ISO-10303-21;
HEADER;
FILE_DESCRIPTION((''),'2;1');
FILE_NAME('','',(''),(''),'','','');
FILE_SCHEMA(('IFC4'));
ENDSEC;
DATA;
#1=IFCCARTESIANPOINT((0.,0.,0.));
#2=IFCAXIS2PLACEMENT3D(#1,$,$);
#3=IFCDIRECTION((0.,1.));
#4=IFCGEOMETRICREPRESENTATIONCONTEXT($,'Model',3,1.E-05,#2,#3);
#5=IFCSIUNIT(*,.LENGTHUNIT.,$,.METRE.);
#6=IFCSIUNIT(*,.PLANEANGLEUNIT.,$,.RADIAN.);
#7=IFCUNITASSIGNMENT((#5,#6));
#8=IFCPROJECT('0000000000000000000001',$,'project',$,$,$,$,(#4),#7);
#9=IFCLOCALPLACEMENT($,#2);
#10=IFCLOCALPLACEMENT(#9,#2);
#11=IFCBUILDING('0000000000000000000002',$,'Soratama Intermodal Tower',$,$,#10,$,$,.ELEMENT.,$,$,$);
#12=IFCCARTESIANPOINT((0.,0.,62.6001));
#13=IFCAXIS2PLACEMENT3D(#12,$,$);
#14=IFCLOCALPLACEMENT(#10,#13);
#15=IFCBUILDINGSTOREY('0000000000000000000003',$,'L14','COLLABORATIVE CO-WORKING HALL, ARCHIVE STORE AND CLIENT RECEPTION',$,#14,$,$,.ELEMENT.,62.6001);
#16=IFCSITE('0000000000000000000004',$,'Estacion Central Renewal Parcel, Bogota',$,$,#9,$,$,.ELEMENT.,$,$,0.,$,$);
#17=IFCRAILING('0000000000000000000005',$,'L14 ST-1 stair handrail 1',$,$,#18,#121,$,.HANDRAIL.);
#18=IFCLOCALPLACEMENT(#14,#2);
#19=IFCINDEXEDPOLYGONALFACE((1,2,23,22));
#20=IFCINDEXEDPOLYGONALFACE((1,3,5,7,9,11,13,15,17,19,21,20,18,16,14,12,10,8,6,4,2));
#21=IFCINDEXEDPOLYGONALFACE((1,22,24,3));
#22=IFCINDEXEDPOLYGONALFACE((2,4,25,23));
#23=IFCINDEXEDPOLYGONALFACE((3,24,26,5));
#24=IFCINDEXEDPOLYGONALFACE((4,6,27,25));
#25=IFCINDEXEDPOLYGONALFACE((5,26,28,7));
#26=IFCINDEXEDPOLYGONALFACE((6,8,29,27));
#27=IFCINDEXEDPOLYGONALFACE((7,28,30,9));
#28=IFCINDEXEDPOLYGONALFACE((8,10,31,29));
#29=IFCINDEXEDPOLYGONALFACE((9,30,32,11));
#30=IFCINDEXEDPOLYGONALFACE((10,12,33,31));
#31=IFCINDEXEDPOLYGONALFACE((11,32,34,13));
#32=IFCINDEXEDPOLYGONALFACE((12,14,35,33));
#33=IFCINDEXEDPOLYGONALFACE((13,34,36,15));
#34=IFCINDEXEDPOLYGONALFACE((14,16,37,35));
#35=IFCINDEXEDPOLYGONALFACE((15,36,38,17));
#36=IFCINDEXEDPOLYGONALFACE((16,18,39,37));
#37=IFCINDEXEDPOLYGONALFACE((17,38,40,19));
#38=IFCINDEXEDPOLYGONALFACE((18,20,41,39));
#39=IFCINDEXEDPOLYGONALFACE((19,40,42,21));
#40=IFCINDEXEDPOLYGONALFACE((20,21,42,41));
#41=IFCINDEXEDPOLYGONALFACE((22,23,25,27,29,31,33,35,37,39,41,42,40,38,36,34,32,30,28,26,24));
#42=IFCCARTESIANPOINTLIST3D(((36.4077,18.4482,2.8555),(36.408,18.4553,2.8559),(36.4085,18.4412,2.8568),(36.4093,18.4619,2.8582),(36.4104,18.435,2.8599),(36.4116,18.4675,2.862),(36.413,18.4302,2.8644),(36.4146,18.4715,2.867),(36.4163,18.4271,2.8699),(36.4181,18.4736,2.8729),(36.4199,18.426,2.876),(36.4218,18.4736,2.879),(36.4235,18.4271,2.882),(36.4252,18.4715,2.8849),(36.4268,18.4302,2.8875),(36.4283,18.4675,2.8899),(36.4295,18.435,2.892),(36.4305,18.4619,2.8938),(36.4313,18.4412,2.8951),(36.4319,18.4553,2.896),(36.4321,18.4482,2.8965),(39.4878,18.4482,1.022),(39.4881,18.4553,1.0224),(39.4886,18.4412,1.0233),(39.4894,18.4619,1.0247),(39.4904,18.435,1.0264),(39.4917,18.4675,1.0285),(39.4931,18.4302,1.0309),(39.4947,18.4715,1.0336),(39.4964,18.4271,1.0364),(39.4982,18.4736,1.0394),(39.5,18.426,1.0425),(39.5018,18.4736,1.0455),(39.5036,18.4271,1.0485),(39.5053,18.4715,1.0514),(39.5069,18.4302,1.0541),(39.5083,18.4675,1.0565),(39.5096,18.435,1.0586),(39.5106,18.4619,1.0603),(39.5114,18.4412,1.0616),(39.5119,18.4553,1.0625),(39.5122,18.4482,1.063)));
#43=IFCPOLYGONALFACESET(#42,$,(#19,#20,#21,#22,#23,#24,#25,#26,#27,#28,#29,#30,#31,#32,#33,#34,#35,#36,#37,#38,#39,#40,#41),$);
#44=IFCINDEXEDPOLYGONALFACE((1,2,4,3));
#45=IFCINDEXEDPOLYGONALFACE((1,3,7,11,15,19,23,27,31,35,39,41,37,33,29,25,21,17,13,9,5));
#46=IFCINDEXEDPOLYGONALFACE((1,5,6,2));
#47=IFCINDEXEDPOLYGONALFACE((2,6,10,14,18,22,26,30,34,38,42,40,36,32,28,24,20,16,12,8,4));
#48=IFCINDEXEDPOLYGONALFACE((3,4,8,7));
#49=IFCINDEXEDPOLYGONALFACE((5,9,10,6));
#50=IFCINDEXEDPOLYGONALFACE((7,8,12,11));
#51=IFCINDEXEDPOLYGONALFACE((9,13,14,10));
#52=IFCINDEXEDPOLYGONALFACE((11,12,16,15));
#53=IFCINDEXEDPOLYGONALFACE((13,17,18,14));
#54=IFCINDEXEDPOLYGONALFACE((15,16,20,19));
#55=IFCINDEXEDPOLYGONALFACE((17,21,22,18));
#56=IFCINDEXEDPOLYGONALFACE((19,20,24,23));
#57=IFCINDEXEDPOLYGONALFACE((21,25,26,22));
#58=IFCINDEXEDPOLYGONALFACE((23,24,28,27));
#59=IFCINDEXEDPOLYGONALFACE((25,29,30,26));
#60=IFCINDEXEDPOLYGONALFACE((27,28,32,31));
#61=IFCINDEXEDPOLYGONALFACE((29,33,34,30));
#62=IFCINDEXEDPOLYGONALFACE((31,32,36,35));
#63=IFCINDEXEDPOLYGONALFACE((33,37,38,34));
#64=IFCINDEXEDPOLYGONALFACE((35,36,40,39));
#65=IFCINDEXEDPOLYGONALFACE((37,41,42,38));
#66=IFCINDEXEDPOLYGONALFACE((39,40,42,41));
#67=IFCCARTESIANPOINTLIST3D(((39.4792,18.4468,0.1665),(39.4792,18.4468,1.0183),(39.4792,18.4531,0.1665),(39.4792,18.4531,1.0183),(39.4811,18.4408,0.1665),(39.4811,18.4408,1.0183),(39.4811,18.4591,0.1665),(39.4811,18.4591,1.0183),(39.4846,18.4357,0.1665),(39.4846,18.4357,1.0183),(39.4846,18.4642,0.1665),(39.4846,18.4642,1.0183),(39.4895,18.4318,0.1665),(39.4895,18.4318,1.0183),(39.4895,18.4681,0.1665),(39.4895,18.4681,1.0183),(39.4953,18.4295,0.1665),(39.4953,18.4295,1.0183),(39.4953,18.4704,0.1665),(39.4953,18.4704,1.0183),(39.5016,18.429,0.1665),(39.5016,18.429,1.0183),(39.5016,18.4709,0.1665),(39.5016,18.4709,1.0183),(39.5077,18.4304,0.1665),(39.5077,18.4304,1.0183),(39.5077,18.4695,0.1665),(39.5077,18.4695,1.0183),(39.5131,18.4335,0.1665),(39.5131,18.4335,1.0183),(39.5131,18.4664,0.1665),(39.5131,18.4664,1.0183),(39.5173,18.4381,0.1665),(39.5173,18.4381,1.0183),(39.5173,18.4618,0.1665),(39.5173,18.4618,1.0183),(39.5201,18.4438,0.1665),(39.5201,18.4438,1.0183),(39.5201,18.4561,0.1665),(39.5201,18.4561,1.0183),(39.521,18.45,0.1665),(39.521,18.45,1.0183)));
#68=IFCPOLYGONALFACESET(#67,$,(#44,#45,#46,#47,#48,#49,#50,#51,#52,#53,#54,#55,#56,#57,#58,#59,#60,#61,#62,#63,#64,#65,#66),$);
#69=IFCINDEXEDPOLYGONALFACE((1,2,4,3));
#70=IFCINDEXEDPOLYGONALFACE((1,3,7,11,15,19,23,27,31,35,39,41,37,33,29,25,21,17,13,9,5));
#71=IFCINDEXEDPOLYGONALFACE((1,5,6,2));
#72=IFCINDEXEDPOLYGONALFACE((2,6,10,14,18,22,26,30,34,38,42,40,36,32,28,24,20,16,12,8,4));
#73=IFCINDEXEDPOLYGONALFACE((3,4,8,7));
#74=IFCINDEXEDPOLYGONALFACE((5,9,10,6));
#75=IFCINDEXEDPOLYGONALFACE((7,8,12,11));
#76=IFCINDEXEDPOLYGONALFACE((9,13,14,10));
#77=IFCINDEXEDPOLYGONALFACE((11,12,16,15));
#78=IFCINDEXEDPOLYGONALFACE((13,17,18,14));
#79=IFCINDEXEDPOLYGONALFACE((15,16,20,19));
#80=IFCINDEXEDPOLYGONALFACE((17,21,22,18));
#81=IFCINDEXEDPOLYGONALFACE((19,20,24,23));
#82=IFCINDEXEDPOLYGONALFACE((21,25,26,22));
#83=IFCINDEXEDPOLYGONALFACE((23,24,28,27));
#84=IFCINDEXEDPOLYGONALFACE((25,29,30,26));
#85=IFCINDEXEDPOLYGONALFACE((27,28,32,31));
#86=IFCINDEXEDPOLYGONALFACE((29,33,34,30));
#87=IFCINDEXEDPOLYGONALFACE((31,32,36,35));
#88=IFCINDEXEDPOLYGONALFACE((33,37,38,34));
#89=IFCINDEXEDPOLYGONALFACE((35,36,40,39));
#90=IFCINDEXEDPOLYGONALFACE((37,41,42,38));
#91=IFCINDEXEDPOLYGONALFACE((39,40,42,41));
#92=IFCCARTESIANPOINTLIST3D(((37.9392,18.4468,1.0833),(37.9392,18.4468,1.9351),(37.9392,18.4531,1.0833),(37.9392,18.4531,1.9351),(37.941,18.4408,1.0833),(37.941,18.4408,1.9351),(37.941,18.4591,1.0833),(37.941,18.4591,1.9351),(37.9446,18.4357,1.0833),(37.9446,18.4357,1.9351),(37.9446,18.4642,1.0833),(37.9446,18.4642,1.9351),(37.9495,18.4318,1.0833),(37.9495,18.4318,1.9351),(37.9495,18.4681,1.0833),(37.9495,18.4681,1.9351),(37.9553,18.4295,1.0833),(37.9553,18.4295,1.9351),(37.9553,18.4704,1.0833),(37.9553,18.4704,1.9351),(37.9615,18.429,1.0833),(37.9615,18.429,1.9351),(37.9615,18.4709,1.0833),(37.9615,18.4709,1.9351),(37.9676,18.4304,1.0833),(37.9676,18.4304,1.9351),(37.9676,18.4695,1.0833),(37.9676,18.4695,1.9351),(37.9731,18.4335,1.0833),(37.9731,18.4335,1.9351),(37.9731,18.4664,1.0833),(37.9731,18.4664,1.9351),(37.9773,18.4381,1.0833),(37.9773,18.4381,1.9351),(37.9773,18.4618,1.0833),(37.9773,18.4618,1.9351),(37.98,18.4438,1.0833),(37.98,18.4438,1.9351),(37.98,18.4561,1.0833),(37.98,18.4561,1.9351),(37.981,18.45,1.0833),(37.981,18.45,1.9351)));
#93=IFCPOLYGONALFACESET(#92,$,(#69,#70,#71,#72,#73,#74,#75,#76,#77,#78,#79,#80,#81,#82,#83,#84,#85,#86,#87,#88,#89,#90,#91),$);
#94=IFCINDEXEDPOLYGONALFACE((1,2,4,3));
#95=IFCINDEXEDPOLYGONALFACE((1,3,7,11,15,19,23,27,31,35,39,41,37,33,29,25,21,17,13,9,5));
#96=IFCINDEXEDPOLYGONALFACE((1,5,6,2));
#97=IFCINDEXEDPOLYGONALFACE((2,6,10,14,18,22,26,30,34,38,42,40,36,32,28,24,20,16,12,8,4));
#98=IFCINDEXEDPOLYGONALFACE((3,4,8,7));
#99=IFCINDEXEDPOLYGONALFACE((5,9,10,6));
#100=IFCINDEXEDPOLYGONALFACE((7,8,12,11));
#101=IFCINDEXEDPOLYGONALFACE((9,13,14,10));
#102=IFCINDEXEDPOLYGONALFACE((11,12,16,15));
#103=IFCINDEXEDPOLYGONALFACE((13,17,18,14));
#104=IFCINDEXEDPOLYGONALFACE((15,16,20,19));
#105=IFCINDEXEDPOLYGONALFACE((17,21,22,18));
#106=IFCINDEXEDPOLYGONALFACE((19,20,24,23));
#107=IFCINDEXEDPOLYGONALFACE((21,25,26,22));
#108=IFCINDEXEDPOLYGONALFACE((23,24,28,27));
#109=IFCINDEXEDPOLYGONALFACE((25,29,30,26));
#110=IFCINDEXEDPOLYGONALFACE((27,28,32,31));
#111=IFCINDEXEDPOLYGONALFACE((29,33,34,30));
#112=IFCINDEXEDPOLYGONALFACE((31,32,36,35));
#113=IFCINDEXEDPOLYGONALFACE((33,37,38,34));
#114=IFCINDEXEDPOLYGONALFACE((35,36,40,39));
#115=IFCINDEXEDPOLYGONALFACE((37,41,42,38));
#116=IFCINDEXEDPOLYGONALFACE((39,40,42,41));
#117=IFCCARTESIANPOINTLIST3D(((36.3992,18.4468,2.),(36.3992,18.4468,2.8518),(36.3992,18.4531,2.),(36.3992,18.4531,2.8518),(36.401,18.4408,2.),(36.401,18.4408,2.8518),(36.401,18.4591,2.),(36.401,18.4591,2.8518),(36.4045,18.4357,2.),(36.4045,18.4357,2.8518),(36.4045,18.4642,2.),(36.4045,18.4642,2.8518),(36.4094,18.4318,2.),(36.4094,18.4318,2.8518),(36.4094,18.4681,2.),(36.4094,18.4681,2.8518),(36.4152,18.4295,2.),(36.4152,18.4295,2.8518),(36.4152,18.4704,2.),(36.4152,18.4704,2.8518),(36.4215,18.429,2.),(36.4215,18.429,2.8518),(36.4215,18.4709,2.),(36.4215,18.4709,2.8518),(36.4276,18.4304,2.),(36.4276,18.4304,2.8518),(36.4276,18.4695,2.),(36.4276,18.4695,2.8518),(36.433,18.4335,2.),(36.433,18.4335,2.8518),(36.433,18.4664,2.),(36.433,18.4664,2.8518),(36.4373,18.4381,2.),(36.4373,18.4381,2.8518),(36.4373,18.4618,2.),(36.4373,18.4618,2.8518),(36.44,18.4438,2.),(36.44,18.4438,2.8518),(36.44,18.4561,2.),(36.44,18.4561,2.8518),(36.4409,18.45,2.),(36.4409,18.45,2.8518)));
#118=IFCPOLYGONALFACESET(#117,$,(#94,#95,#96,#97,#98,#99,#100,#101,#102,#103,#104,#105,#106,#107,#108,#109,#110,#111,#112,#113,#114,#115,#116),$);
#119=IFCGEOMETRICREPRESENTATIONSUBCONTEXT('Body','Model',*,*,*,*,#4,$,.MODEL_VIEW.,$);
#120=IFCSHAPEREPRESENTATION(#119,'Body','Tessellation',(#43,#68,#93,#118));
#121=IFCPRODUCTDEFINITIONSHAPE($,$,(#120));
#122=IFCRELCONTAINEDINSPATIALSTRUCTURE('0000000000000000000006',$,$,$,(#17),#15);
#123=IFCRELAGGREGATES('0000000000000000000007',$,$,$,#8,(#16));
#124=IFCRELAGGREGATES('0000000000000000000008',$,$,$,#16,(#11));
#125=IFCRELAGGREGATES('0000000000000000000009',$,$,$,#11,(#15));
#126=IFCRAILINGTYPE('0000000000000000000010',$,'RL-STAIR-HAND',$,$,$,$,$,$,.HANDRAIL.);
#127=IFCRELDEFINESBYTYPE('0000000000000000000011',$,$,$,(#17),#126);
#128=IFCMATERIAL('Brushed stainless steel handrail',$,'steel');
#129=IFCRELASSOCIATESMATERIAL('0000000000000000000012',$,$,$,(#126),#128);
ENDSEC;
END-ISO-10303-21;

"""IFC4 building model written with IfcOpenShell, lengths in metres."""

from ifc_helpers import new_model, si_unit, direction, frame, origin, origin_2d, place, context, subcontext, project, spatial, circle, extrude, material, type_object, element, save


model = new_model("IFC4")

# Units and contexts
model_context = context("Model", 3, precision=1e-05, world=origin(), true_north=direction((0.0, 1.0)))
body_context = subcontext(model_context, "Body", "Model", "MODEL_VIEW")
ifc_project = project(units=[si_unit("LENGTHUNIT", "METRE"), si_unit("PLANEANGLEUNIT", "RADIAN")], contexts=[model_context])

# Site, building, storey
site_placement = place(None, origin())
site = spatial("IfcSite", under=ifc_project, at=site_placement, Name="Estacion Central Renewal Parcel, Bogota", CompositionType="ELEMENT", RefElevation=0.0)
building_placement = place(site_placement, origin())
building = spatial("IfcBuilding", under=site, at=building_placement, Name="Soratama Intermodal Tower", CompositionType="ELEMENT")
storey_placement = place(building_placement, frame((0.0, 0.0, 62.6001)))
storey = spatial("IfcBuildingStorey", under=building, at=storey_placement, Name="L14", Description="COLLABORATIVE CO-WORKING HALL, ARCHIVE STORE AND CLIENT RECEPTION", CompositionType="ELEMENT", Elevation=62.6001)

# Railing
ifc_material_1 = material(Name="Brushed stainless steel handrail", Category="steel")
railing_type_1 = type_object("IfcRailingType", Name="RL-STAIR-HAND", PredefinedType="HANDRAIL", material=ifc_material_1)
railing_1_placement = place(storey_placement, frame((39.5, 18.45, 0.1665)))
element("IfcRailing", 1, at=railing_1_placement, inside=storey, type_object=railing_type_1, Name="L14 ST-1 stair handrail 1", PredefinedType="HANDRAIL", context=body_context, shape_type="SweptSolid", body=[
    extrude(circle(Radius=0.0239, at=origin_2d()), frame((0.0, 0.0, 0.876), z_axis=(-0.859279, 0.0, 0.511508), x_axis=(0.0, -1.0, 0.0)), (0.0, 0.0, 1.0), 3.5845),
    extrude(circle(Radius=0.021, at=origin_2d()), origin(), (0.0, 0.0, 1.0), 0.8518),
    extrude(circle(Radius=0.021, at=origin_2d()), frame((-1.54, 0.0, 0.9167)), (0.0, 0.0, 1.0), 0.8518),
    extrude(circle(Radius=0.021, at=origin_2d()), frame((-3.0801, 0.0, 1.8335)), (0.0, 0.0, 1.0), 0.8518),
])

save(model, "model.ifc")
